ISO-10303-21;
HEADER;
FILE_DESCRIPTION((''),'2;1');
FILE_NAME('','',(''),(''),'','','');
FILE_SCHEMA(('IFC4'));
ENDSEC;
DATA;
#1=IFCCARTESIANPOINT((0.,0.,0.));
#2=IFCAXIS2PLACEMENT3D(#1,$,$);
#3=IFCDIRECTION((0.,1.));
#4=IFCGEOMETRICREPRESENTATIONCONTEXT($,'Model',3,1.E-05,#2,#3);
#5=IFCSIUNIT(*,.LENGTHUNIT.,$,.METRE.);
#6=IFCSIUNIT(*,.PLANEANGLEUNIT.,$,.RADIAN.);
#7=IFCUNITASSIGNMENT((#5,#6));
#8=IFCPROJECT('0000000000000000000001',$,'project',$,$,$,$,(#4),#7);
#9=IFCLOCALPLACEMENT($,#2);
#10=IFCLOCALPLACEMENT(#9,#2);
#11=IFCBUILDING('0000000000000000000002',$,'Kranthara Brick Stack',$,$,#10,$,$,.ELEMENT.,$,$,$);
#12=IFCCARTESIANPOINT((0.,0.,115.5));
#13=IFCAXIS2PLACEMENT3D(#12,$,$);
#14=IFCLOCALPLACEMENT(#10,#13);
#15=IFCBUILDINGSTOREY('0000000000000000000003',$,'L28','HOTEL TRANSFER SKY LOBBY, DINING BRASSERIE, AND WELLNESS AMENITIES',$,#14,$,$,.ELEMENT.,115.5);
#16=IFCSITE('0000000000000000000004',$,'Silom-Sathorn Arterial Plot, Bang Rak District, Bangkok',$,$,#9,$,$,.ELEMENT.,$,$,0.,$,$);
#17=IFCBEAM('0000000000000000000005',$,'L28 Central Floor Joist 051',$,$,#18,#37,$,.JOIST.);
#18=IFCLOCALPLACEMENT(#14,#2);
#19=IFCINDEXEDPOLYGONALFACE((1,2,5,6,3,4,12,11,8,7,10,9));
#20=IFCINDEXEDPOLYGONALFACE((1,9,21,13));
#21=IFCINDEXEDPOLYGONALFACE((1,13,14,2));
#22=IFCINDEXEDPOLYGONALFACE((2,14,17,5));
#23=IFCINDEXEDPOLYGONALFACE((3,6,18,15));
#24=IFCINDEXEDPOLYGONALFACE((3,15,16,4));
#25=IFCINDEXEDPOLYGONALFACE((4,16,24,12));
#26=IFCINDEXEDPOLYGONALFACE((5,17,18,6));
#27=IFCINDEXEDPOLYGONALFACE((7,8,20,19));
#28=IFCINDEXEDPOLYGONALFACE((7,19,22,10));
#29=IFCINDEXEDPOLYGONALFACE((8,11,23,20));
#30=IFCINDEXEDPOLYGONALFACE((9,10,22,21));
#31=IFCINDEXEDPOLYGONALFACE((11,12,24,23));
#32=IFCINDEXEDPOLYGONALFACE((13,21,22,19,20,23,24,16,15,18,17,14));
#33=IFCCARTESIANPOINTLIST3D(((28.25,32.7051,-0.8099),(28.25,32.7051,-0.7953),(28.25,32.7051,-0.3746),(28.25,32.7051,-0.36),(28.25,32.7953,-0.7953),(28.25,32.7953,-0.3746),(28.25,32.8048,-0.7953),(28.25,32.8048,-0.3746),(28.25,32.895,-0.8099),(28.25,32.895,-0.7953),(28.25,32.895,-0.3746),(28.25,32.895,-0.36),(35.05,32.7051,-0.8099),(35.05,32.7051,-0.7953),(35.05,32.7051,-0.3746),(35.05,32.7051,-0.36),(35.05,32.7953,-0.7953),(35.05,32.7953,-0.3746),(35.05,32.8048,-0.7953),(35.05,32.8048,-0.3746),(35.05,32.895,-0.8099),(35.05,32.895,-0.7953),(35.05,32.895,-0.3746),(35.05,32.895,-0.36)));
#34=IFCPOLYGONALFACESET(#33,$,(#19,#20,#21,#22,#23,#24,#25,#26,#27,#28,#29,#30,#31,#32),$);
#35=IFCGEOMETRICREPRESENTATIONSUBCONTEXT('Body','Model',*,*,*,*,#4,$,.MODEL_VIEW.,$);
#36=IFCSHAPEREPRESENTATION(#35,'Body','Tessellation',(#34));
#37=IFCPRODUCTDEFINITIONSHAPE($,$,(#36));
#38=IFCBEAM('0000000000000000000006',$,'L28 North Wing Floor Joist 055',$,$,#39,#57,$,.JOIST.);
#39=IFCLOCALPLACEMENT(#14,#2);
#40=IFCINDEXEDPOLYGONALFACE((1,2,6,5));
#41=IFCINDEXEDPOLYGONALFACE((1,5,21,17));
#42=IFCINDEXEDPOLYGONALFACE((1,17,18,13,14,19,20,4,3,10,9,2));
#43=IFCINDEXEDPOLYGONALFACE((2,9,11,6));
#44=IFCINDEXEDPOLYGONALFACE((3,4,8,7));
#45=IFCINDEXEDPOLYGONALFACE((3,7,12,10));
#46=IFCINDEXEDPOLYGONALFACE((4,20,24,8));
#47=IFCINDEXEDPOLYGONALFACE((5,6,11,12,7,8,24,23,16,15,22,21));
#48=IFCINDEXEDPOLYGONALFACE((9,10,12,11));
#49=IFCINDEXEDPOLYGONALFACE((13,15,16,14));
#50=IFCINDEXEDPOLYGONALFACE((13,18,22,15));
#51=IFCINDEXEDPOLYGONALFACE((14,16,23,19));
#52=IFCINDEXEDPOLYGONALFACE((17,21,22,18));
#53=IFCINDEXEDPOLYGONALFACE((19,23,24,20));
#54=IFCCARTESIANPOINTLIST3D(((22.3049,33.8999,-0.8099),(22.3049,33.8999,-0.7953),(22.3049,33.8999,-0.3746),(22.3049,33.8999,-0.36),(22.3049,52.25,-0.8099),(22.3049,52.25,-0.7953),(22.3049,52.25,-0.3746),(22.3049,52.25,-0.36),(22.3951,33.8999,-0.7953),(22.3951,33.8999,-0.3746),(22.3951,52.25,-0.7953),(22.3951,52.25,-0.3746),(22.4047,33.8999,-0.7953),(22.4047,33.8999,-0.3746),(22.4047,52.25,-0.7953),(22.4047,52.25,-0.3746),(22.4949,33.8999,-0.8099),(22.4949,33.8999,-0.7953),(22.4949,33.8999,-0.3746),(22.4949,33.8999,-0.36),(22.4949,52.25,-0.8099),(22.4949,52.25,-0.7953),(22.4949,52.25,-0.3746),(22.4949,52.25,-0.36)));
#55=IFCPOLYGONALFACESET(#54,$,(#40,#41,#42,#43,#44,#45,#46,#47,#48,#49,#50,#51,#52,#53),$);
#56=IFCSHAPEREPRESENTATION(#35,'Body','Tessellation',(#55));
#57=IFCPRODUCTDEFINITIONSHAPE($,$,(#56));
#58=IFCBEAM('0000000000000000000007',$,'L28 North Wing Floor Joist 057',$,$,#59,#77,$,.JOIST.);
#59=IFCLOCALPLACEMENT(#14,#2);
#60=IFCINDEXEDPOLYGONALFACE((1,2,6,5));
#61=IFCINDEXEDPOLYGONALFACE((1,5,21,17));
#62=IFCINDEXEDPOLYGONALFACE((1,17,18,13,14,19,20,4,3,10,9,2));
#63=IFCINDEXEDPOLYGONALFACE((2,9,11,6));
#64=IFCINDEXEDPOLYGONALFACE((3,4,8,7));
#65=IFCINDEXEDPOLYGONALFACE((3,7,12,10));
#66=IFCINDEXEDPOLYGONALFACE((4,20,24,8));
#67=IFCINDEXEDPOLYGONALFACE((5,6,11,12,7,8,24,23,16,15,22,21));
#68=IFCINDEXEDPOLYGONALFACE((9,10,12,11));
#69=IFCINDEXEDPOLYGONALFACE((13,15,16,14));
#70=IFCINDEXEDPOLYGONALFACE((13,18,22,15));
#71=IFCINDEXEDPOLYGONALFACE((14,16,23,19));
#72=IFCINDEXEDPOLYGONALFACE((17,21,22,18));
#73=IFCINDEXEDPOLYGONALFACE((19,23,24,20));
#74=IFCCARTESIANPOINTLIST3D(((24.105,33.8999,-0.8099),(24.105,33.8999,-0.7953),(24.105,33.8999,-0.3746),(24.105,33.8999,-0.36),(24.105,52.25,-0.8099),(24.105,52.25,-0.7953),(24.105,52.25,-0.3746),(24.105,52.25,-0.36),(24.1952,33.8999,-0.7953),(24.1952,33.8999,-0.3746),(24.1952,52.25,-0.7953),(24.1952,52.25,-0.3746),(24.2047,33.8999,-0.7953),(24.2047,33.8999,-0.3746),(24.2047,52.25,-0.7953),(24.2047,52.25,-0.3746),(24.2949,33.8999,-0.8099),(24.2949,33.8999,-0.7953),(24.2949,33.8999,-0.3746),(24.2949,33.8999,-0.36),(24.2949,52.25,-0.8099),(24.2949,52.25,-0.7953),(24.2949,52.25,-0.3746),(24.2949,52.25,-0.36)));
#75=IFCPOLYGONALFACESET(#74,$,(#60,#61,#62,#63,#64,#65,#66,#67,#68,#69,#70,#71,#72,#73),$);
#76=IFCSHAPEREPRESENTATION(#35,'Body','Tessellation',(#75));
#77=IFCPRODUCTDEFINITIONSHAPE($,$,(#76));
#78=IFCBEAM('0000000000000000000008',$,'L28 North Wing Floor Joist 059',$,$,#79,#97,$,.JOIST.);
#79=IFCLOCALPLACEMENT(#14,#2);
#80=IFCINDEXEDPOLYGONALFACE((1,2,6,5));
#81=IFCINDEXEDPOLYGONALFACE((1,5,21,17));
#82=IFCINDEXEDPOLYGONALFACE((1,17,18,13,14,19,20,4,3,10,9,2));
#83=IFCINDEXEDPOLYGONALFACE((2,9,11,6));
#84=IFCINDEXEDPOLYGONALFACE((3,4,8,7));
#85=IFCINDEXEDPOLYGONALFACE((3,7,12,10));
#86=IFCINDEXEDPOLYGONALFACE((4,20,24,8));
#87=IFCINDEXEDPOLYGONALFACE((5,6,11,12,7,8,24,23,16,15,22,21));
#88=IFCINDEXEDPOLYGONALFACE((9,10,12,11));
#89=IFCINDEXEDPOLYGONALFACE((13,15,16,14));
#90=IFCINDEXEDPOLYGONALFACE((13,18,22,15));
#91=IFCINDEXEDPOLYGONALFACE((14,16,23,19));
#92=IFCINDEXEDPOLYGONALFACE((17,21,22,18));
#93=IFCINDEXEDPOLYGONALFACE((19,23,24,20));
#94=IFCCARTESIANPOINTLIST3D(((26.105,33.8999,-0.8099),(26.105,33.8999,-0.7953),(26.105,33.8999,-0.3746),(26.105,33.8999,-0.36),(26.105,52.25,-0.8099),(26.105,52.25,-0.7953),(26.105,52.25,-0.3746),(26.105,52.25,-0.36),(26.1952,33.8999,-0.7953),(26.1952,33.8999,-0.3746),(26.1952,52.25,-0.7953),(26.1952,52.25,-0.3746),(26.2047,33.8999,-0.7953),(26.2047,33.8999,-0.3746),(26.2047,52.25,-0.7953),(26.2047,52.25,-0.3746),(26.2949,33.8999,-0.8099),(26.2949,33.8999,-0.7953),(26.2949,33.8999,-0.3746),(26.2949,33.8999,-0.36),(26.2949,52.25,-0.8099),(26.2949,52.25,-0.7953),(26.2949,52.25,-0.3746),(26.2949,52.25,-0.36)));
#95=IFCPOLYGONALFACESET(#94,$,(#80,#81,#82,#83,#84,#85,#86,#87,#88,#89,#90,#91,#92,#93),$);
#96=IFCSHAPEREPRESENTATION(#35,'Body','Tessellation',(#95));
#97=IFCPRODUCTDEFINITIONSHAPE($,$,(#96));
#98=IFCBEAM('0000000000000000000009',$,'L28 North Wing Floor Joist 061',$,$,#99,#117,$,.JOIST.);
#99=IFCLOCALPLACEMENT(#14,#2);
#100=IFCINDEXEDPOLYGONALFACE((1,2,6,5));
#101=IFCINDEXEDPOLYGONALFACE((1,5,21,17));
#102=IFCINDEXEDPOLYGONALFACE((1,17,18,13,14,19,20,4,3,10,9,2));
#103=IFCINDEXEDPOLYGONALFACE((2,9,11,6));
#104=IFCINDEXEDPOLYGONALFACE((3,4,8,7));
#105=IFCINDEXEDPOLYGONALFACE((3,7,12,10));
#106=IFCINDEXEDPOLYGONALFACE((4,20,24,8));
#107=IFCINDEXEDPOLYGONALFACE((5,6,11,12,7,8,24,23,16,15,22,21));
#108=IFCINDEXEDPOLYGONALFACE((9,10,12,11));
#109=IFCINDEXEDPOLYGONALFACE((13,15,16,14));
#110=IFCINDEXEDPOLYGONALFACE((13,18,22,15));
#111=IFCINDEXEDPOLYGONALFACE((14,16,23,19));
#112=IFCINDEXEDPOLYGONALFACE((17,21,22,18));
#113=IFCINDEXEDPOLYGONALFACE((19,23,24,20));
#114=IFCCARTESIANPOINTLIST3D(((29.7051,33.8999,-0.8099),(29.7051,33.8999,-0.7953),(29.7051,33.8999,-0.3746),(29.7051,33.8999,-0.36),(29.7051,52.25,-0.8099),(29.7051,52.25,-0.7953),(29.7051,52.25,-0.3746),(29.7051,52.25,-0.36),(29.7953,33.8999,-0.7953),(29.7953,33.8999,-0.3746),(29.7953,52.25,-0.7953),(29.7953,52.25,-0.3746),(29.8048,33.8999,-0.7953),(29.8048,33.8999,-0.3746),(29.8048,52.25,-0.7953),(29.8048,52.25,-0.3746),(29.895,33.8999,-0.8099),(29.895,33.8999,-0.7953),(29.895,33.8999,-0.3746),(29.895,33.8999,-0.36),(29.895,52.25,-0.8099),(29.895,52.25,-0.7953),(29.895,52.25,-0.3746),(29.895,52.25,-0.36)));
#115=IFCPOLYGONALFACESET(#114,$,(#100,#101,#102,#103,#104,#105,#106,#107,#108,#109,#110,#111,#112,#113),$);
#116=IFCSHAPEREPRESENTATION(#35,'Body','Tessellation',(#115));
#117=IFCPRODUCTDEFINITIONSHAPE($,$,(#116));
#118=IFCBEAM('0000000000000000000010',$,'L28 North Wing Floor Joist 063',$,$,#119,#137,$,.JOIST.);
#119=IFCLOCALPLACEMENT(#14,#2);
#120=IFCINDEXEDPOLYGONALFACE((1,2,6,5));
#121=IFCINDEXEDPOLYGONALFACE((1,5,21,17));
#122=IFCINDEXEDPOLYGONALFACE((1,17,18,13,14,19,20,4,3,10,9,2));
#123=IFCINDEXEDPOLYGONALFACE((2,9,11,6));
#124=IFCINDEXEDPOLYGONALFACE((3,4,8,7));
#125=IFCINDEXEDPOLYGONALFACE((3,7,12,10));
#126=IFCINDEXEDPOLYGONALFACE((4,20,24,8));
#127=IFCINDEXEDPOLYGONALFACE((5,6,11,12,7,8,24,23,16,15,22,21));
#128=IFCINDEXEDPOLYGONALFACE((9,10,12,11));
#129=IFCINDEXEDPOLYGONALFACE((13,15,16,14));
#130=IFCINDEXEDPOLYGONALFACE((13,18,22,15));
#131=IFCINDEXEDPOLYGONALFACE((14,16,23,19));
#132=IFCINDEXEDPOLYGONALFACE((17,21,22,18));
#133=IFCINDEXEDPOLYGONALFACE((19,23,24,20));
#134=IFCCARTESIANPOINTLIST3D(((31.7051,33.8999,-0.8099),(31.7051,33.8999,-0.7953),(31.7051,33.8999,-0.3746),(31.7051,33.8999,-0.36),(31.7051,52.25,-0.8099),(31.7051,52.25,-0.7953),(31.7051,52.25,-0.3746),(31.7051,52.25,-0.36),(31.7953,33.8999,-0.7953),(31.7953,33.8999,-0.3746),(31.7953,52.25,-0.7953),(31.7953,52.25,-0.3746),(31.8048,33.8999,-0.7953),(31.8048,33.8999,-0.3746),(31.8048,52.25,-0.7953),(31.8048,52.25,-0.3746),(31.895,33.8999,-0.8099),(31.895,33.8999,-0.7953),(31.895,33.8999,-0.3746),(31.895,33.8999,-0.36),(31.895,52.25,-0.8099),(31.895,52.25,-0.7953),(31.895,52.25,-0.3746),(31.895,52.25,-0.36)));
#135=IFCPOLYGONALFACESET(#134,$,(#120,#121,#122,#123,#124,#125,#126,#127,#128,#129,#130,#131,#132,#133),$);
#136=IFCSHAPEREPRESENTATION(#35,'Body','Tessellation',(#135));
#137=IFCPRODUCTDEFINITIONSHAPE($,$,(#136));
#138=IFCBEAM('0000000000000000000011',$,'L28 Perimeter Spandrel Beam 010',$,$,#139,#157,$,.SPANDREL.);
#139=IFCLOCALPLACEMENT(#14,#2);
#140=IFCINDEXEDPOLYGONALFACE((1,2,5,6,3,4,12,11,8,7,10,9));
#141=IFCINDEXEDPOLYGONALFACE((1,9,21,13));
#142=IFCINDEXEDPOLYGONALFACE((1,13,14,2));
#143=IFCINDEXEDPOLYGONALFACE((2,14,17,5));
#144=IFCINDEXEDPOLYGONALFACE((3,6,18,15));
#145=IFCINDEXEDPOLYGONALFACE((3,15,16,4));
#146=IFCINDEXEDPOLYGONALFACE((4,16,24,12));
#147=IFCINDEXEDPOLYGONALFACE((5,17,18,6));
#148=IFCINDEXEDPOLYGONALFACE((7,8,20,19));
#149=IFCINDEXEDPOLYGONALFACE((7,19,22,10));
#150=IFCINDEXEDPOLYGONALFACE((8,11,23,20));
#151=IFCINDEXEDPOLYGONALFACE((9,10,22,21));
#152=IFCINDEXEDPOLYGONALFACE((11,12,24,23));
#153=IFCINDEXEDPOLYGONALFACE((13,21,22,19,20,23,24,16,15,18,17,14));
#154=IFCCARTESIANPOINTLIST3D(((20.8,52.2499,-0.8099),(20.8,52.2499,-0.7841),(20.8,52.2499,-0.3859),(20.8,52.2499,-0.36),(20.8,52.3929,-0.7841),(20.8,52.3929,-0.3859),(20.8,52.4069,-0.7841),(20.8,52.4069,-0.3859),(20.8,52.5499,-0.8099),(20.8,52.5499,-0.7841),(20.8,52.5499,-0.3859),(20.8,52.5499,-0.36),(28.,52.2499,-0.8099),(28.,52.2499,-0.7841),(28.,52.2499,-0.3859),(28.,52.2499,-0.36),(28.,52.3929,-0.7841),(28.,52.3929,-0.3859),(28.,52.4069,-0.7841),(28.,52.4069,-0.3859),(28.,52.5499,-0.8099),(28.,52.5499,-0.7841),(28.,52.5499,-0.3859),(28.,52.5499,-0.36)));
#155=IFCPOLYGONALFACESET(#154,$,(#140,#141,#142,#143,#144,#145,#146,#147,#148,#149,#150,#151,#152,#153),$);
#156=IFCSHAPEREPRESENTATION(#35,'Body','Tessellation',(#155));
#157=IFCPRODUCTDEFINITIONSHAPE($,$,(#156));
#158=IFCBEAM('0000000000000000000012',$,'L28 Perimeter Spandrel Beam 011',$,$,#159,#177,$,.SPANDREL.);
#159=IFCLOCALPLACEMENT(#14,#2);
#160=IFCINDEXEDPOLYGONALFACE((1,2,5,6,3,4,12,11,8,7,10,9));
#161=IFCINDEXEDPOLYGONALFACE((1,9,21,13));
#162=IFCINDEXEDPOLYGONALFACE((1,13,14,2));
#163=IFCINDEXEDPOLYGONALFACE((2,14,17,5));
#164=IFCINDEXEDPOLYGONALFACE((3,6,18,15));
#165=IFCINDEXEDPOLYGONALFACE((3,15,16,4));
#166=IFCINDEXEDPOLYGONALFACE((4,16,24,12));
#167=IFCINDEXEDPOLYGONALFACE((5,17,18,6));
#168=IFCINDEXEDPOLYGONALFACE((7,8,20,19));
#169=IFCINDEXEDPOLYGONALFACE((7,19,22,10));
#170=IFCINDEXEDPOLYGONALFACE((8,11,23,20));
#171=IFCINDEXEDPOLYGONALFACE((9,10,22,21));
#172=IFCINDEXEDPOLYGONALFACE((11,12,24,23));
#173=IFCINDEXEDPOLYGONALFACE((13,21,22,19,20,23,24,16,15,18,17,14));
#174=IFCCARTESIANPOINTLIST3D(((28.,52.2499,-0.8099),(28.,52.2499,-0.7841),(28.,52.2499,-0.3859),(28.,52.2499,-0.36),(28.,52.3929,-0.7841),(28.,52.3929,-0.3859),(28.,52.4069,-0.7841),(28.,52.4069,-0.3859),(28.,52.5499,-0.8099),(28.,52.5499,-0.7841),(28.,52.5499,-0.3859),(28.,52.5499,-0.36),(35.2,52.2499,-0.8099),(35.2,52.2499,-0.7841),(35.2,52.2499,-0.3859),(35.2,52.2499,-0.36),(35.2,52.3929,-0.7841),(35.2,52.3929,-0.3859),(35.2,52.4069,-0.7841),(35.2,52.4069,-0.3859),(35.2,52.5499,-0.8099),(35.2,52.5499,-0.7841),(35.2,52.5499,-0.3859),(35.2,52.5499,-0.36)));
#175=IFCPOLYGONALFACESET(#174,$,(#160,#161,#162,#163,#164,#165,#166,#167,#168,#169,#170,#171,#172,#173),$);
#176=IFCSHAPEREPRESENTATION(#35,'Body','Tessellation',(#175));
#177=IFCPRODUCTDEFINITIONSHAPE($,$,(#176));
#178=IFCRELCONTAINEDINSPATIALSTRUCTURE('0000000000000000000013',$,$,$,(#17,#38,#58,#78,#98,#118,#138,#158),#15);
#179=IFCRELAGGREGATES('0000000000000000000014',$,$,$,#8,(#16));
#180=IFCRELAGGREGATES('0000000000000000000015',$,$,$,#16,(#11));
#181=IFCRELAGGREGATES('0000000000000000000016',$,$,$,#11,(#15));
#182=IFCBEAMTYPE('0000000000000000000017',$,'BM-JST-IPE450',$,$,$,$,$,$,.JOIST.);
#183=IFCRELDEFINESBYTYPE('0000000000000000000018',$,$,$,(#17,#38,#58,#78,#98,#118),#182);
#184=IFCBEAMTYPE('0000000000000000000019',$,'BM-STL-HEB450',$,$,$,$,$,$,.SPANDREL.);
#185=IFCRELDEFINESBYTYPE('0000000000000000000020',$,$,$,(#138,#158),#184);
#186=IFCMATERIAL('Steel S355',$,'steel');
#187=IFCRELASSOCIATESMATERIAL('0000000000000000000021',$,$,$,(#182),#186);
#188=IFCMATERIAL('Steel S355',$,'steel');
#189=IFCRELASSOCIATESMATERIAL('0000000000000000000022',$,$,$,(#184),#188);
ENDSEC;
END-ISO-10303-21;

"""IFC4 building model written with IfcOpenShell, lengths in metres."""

from ifc_helpers import new_model, si_unit, direction, frame, origin, origin_2d, place, context, subcontext, project, spatial, i_section, extrude, material, material_profile, profile_set, type_object, element, save


model = new_model("IFC4")

# Units and contexts
model_context = context("Model", 3, precision=1e-05, world=origin(), true_north=direction((0.0, 1.0)))
body_context = subcontext(model_context, "Body", "Model", "MODEL_VIEW")
ifc_project = project(units=[si_unit("LENGTHUNIT", "METRE"), si_unit("PLANEANGLEUNIT", "RADIAN")], contexts=[model_context])

# Site, building, storey
site_placement = place(None, origin())
site = spatial("IfcSite", under=ifc_project, at=site_placement, Name="Silom-Sathorn Arterial Plot, Bang Rak District, Bangkok", CompositionType="ELEMENT", RefElevation=0.0)
building_placement = place(site_placement, origin())
building = spatial("IfcBuilding", under=site, at=building_placement, Name="Kranthara Brick Stack", CompositionType="ELEMENT")
storey_placement = place(building_placement, frame((0.0, 0.0, 115.5)))
storey = spatial("IfcBuildingStorey", under=building, at=storey_placement, Name="L28", Description="HOTEL TRANSFER SKY LOBBY, DINING BRASSERIE, AND WELLNESS AMENITIES", CompositionType="ELEMENT", Elevation=115.5)

# Beams
ifc_material_1 = material(Name="Steel S355", Category="steel")
ifc_material_profile_1 = material_profile(ifc_material_1, i_section(OverallWidth=0.1899, OverallDepth=0.45, WebThickness=0.0095, FlangeThickness=0.0146, at=origin_2d()), Name="IPE 450")
ifc_profile_set_1 = profile_set([ifc_material_profile_1], Name="Steel S355")
beam_type_1 = type_object("IfcBeamType", Name="BM-JST-IPE450", PredefinedType="JOIST", material=ifc_profile_set_1)
for number, where, z_axis, x_axis, name in (
    (1, (28.25, 32.8, -0.585), (1.0, 0.0, 0.0), (0.0, 1.0, 0.0), "L28 Central Floor Joist 051"),
):
    element("IfcBeam", number, at=place(storey_placement, frame(where, z_axis=z_axis, x_axis=x_axis)), inside=storey, type_object=beam_type_1, Name=name, PredefinedType="JOIST", context=body_context, shape_type="SweptSolid", body=[
        extrude(i_section(OverallWidth=0.1899, OverallDepth=0.45, WebThickness=0.0095, FlangeThickness=0.0146, at=origin_2d()), origin(), (0.0, 0.0, 1.0), 6.8),
    ])
for number, where, z_axis, x_axis, name in (
    (2, (22.3999, 33.8999, -0.585), (0.0, 1.0, 0.0), (-1.0, 0.0, 0.0), "L28 North Wing Floor Joist 055"),
    (3, (24.2, 33.8999, -0.585), (0.0, 1.0, 0.0), (-1.0, 0.0, 0.0), "L28 North Wing Floor Joist 057"),
    (4, (26.2, 33.8999, -0.585), (0.0, 1.0, 0.0), (-1.0, 0.0, 0.0), "L28 North Wing Floor Joist 059"),
    (5, (29.8, 33.8999, -0.585), (0.0, 1.0, 0.0), (-1.0, 0.0, 0.0), "L28 North Wing Floor Joist 061"),
    (6, (31.8, 33.8999, -0.585), (0.0, 1.0, 0.0), (-1.0, 0.0, 0.0), "L28 North Wing Floor Joist 063"),
):
    element("IfcBeam", number, at=place(storey_placement, frame(where, z_axis=z_axis, x_axis=x_axis)), inside=storey, type_object=beam_type_1, Name=name, PredefinedType="JOIST", context=body_context, shape_type="SweptSolid", body=[
        extrude(i_section(OverallWidth=0.1899, OverallDepth=0.45, WebThickness=0.0095, FlangeThickness=0.0146, at=origin_2d()), origin(), (0.0, 0.0, 1.0), 18.3501),
    ])
ifc_material_2 = material(Name="Steel S355", Category="steel")
ifc_material_profile_2 = material_profile(ifc_material_2, i_section(OverallWidth=0.3, OverallDepth=0.45, WebThickness=0.0139, FlangeThickness=0.0259, at=origin_2d()), Name="HEB 450")
ifc_profile_set_2 = profile_set([ifc_material_profile_2], Name="Steel S355")
beam_type_2 = type_object("IfcBeamType", Name="BM-STL-HEB450", PredefinedType="SPANDREL", material=ifc_profile_set_2)
for number, where, z_axis, x_axis, name in (
    (7, (20.8, 52.3999, -0.585), (1.0, 0.0, 0.0), (0.0, 1.0, 0.0), "L28 Perimeter Spandrel Beam 010"),
    (8, (28.0, 52.3999, -0.585), (1.0, 0.0, 0.0), (0.0, 1.0, 0.0), "L28 Perimeter Spandrel Beam 011"),
):
    element("IfcBeam", number, at=place(storey_placement, frame(where, z_axis=z_axis, x_axis=x_axis)), inside=storey, type_object=beam_type_2, Name=name, PredefinedType="SPANDREL", context=body_context, shape_type="SweptSolid", body=[
        extrude(i_section(OverallWidth=0.3, OverallDepth=0.45, WebThickness=0.0139, FlangeThickness=0.0259, at=origin_2d()), origin(), (0.0, 0.0, 1.0), 7.2),
    ])

save(model, "model.ifc")
